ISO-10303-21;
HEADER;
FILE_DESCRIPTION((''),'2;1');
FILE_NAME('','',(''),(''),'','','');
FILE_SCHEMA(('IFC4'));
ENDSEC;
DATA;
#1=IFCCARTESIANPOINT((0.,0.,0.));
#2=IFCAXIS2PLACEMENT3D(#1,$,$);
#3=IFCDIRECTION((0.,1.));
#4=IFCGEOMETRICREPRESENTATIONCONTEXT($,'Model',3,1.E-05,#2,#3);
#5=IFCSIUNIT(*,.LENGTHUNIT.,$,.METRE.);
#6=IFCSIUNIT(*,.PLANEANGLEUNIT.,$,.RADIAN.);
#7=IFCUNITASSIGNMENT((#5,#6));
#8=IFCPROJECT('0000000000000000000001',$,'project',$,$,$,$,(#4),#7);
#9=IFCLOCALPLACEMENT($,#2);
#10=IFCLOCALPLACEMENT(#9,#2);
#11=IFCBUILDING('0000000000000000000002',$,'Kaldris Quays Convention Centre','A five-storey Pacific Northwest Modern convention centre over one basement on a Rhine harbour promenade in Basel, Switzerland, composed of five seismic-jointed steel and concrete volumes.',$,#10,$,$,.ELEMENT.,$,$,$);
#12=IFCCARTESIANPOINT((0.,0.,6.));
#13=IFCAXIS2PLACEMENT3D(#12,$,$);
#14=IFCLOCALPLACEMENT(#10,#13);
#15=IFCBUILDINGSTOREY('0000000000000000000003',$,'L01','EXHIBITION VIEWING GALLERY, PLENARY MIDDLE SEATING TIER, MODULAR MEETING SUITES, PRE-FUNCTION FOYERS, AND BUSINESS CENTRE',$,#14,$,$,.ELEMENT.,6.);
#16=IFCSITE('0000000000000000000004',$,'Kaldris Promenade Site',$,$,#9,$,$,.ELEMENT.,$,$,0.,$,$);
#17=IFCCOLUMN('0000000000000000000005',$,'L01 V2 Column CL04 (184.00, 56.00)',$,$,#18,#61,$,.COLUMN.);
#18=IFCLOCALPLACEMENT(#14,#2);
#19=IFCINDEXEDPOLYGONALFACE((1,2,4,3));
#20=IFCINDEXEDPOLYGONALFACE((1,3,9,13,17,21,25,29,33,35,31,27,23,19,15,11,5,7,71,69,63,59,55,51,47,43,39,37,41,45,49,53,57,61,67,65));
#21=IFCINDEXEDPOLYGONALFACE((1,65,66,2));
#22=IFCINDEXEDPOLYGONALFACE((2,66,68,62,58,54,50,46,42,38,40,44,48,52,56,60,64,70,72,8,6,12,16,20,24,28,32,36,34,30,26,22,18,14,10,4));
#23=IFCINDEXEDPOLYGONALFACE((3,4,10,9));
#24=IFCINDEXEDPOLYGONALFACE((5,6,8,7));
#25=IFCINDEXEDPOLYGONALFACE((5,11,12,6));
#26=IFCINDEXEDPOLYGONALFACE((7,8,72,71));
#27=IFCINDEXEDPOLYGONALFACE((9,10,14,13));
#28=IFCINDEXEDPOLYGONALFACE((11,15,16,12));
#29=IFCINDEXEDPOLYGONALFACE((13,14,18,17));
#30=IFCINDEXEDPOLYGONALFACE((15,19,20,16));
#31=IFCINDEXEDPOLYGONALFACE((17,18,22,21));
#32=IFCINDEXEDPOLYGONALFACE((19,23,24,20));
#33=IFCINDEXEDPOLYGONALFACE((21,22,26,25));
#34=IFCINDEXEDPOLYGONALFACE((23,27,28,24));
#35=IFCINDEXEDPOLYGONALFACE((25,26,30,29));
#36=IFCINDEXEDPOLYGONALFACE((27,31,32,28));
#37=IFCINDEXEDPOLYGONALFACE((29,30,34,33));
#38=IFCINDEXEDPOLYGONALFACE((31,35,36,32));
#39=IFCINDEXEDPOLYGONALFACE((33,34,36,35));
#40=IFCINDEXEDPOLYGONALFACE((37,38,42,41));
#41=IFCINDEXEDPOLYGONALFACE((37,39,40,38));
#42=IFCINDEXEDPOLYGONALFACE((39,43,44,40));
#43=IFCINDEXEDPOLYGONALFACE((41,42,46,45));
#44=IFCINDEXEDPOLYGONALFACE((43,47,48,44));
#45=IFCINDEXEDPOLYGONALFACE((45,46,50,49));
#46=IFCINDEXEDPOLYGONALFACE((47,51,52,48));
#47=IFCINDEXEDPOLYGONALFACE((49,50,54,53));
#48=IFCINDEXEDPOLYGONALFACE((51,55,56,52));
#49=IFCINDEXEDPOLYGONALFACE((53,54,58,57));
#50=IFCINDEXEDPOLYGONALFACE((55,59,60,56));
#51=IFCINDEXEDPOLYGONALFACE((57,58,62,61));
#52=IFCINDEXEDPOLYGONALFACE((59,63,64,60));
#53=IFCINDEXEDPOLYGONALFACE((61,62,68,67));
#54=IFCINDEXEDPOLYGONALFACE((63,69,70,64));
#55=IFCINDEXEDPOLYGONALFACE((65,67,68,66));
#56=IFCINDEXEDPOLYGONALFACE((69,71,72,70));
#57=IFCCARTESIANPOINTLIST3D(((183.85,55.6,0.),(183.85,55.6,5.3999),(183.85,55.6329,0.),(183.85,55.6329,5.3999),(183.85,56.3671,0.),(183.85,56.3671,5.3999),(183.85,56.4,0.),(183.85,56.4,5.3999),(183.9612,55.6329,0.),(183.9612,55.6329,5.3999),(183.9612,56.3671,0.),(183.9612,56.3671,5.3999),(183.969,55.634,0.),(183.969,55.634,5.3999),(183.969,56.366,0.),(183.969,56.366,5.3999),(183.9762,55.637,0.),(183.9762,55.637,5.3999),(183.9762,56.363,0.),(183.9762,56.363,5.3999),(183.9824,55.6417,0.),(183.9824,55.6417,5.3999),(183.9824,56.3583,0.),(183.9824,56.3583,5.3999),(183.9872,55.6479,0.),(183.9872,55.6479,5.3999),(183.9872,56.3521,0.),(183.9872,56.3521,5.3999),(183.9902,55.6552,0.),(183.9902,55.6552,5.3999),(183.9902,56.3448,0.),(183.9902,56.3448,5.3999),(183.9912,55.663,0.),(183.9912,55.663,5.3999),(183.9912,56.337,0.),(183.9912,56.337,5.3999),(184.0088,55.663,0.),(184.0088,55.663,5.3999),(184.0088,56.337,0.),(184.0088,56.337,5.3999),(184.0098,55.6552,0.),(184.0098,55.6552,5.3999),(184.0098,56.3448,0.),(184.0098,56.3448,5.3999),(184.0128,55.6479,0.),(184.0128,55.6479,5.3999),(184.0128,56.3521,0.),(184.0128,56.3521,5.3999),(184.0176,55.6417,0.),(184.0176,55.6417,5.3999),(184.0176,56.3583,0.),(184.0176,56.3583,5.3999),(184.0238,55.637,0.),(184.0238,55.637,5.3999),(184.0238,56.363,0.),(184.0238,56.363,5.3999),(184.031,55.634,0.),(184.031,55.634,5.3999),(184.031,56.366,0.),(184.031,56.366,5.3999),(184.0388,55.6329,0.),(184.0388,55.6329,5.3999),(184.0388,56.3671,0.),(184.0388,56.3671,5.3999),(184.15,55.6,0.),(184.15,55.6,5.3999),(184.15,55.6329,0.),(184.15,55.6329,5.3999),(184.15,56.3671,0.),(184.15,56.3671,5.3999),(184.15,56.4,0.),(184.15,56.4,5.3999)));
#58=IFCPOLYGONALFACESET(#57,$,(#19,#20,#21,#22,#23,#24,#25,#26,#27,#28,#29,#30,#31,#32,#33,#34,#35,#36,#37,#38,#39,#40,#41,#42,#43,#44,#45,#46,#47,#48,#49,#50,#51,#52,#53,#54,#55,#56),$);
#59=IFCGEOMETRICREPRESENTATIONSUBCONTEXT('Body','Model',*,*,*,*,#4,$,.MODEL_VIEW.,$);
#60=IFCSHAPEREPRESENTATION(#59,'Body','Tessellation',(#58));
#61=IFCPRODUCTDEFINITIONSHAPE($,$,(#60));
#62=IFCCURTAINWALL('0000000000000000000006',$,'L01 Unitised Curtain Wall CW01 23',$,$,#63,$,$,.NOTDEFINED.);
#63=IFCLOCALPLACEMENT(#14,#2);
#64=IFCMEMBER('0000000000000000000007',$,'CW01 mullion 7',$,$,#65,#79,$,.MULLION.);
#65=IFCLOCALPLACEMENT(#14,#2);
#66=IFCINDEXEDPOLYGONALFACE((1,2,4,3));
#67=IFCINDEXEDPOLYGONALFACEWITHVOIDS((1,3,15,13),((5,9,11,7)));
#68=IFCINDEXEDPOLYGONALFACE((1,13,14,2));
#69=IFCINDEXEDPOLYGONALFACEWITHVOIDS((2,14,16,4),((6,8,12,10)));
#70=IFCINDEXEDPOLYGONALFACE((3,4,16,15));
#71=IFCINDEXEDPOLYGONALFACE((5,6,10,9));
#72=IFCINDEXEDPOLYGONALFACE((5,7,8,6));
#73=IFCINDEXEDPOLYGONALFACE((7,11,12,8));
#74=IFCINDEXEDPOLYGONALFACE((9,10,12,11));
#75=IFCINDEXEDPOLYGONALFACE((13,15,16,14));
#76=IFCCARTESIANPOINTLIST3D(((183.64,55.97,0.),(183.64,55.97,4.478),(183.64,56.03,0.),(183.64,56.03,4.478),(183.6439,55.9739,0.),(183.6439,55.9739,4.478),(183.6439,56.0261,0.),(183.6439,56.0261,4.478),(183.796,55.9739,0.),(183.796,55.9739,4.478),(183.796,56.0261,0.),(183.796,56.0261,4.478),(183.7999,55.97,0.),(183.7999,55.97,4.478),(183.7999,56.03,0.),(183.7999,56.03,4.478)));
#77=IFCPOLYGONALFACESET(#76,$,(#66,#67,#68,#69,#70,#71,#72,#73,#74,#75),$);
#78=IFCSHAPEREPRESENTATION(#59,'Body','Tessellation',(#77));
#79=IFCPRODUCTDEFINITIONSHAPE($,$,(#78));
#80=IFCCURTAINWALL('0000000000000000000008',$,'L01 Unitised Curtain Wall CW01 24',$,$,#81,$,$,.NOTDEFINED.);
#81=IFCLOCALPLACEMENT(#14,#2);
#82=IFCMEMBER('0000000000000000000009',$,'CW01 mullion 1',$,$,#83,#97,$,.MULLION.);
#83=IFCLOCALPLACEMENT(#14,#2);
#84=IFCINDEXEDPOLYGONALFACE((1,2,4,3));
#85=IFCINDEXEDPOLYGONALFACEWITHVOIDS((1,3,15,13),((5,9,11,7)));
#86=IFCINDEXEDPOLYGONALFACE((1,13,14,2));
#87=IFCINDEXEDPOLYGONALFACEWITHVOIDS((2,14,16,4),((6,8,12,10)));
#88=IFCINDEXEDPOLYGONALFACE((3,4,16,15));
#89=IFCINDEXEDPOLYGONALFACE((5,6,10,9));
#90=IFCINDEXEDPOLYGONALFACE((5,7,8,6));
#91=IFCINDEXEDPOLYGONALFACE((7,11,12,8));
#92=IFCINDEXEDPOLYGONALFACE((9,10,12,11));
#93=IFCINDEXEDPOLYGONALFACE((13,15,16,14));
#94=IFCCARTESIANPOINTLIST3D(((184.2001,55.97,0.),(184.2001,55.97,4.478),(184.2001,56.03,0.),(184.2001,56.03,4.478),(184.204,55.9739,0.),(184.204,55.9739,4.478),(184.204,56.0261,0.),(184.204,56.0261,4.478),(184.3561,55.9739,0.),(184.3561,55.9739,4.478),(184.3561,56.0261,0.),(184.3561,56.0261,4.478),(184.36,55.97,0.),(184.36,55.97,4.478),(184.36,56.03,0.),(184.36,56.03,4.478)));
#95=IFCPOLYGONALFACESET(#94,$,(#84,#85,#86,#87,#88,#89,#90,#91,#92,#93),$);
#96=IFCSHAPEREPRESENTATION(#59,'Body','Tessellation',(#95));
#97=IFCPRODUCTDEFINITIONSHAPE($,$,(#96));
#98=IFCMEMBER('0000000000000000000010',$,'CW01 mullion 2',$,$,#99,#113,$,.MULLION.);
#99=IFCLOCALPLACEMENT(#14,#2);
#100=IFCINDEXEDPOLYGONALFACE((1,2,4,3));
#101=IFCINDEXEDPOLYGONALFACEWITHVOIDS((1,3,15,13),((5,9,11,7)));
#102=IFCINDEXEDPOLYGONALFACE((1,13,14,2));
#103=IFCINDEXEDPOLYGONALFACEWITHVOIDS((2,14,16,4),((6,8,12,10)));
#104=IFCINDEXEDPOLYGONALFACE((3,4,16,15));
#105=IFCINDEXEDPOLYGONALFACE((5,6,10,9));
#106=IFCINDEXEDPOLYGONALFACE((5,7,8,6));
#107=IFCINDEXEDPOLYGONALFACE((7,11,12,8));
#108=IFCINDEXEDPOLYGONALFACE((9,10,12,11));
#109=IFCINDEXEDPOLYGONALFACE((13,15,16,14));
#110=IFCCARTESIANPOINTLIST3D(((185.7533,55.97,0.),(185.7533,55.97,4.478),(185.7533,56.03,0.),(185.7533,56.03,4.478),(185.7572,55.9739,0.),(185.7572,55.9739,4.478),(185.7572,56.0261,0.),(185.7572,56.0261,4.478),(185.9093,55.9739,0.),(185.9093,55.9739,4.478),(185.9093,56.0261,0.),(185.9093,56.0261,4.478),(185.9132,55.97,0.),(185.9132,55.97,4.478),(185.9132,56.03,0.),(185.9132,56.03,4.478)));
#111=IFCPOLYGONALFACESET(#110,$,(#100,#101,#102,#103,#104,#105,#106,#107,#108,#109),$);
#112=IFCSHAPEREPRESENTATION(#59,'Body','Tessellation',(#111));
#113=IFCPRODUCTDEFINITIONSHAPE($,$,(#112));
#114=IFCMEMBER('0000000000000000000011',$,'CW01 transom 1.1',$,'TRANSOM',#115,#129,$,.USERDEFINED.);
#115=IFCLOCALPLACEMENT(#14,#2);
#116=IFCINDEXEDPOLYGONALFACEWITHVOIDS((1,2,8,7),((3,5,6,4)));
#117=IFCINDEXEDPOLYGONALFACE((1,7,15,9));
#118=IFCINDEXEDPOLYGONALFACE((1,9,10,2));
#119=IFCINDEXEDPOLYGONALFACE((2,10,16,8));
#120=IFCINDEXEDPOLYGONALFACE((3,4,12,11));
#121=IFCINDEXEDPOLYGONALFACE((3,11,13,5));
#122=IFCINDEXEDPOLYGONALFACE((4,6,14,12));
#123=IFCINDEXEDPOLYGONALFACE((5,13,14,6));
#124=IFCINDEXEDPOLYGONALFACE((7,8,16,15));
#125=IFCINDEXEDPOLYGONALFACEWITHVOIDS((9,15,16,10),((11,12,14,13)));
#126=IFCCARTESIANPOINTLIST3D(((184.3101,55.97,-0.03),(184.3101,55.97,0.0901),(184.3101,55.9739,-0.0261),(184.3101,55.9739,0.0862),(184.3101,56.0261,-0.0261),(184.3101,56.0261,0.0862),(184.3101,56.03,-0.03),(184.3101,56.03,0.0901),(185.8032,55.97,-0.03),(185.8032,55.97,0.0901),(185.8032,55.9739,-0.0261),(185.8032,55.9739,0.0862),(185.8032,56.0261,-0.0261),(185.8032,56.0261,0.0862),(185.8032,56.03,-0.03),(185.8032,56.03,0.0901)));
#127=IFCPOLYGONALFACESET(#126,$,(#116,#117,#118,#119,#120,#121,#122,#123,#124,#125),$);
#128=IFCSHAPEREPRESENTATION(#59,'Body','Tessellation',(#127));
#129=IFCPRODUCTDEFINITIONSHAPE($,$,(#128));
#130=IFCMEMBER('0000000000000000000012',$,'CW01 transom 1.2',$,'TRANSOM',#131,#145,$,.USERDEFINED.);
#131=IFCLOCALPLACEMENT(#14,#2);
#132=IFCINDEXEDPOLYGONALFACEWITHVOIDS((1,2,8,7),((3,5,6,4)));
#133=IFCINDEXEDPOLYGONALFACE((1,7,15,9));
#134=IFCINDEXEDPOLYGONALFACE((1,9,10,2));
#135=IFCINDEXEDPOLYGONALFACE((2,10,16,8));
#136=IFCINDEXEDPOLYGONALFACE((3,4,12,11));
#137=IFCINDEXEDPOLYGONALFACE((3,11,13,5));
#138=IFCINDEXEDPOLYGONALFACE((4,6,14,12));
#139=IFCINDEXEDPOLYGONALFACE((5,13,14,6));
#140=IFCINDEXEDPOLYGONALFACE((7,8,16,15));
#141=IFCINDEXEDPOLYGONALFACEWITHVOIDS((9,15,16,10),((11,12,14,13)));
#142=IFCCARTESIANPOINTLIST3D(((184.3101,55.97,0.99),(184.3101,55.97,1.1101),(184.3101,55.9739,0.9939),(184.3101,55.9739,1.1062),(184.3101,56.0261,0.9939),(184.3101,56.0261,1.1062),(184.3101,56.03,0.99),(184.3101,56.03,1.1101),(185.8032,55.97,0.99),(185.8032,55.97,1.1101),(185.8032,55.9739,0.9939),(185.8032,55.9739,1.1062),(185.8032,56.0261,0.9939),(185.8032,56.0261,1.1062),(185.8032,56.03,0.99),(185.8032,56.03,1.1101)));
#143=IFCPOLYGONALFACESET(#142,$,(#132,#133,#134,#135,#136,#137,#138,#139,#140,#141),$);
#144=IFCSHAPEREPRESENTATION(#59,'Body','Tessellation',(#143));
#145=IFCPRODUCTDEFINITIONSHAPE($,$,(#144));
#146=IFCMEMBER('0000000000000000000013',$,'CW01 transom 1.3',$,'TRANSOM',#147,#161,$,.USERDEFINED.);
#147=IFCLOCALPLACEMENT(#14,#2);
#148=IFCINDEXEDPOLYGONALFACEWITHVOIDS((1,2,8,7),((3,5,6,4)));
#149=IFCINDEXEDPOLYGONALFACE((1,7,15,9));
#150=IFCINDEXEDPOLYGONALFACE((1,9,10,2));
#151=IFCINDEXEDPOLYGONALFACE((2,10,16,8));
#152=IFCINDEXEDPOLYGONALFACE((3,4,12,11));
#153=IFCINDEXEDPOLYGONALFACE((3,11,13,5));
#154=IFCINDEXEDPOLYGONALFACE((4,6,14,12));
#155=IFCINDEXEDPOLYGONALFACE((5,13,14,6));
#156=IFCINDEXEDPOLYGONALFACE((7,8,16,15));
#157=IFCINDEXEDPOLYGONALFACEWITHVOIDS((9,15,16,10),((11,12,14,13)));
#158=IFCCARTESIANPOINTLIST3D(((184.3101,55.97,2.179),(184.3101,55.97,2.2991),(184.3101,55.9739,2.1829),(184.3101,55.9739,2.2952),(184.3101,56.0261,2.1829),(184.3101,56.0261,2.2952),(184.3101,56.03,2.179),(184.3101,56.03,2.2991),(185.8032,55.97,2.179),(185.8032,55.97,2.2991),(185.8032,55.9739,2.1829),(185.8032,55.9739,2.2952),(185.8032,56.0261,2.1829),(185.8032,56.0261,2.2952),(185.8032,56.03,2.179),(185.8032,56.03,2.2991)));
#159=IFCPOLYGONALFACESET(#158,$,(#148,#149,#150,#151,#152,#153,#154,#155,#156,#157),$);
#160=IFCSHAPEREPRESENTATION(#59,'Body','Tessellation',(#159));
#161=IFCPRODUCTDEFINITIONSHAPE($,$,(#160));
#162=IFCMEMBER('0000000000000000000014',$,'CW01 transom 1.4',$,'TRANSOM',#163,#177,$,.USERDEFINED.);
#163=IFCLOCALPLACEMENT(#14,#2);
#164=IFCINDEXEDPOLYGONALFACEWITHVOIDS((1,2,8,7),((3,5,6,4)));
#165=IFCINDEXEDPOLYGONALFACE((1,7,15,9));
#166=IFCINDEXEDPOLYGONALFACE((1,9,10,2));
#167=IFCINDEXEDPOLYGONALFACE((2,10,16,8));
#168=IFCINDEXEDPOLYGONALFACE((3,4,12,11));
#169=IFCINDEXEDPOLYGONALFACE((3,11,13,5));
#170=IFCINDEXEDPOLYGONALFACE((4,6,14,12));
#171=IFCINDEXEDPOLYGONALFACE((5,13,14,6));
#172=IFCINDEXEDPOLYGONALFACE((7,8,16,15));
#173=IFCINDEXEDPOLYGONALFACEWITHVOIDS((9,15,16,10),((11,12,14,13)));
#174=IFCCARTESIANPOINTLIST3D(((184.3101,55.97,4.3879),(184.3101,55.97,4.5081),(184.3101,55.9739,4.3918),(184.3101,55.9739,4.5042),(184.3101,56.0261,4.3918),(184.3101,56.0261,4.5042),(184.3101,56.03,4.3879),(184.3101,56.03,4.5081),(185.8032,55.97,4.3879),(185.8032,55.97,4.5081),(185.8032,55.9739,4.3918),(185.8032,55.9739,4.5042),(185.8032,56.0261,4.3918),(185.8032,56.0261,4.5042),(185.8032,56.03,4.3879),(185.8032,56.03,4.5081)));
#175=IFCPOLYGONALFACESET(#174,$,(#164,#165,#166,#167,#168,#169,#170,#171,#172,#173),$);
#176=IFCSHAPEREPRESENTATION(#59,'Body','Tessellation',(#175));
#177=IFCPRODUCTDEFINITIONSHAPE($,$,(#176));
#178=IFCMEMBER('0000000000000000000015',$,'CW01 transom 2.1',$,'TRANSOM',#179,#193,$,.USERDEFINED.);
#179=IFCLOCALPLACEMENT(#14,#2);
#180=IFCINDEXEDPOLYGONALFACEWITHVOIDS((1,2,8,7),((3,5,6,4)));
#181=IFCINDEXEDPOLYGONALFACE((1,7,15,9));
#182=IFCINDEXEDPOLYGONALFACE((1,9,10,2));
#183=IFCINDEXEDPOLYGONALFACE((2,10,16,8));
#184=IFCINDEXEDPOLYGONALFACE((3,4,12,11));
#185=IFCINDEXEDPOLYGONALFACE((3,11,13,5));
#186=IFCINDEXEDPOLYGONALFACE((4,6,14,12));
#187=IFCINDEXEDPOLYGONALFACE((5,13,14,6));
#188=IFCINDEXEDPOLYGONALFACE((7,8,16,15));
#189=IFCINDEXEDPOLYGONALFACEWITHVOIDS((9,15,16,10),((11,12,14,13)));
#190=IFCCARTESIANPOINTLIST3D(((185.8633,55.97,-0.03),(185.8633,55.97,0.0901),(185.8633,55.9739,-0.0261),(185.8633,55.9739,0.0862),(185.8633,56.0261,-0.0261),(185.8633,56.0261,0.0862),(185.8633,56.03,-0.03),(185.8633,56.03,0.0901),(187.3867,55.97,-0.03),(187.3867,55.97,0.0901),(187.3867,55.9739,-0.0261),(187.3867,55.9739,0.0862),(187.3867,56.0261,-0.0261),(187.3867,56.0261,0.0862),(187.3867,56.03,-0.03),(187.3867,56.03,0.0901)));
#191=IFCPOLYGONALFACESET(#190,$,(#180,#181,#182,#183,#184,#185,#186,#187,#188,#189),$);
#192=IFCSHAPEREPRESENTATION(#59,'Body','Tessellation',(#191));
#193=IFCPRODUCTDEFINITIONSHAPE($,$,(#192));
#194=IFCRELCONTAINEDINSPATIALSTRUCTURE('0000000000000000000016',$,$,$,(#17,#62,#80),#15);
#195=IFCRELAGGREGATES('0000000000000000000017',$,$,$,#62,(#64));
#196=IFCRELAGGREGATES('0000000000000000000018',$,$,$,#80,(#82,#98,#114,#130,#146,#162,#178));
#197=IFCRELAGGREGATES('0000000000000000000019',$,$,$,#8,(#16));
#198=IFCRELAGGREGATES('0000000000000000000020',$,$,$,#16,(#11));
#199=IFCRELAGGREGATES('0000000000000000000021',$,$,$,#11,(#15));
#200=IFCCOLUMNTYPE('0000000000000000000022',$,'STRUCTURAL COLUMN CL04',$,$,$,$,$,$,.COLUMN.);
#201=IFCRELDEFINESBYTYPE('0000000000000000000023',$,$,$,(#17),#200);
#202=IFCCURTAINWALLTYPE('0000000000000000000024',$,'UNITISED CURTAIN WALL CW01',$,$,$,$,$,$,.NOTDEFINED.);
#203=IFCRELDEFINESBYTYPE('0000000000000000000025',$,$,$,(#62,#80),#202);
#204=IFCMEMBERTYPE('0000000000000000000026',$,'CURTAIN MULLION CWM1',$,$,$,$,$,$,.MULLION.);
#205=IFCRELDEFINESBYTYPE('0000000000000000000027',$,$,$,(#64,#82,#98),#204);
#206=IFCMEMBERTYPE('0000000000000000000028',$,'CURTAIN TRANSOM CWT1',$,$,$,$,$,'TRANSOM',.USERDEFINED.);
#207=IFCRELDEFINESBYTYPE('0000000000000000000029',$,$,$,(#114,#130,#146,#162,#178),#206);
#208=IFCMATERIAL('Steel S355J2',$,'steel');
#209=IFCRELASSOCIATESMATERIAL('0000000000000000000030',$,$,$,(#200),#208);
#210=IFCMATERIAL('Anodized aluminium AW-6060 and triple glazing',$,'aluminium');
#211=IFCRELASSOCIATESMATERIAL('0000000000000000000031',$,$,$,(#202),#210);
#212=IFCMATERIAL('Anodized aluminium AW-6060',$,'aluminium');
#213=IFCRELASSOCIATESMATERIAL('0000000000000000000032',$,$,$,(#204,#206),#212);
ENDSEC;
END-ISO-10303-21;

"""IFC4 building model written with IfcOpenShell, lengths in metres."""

from ifc_helpers import new_model, si_unit, direction, frame, origin, origin_2d, place, context, subcontext, project, spatial, hollow_rectangle, i_section, extrude, material, material_profile, profile_set, type_object, element, aggregate, save


model = new_model("IFC4")

# Units and contexts
model_context = context("Model", 3, precision=1e-05, world=origin(), true_north=direction((0.0, 1.0)))
body_context = subcontext(model_context, "Body", "Model", "MODEL_VIEW")
ifc_project = project(units=[si_unit("LENGTHUNIT", "METRE"), si_unit("PLANEANGLEUNIT", "RADIAN")], contexts=[model_context])

# Site, building, storey
site_placement = place(None, origin())
site = spatial("IfcSite", under=ifc_project, at=site_placement, Name="Kaldris Promenade Site", CompositionType="ELEMENT", RefElevation=0.0)
building_placement = place(site_placement, origin())
building = spatial("IfcBuilding", under=site, at=building_placement, Name="Kaldris Quays Convention Centre", Description="A five-storey Pacific Northwest Modern convention centre over one basement on a Rhine harbour promenade in Basel, Switzerland, composed of five seismic-jointed steel and concrete volumes.", CompositionType="ELEMENT")
storey_placement = place(building_placement, frame((0.0, 0.0, 6.0)))
storey = spatial("IfcBuildingStorey", under=building, at=storey_placement, Name="L01", Description="EXHIBITION VIEWING GALLERY, PLENARY MIDDLE SEATING TIER, MODULAR MEETING SUITES, PRE-FUNCTION FOYERS, AND BUSINESS CENTRE", CompositionType="ELEMENT", Elevation=6.0)

# Column
ifc_material_1 = material(Name="Steel S355J2", Category="steel")
ifc_material_profile_1 = material_profile(ifc_material_1, i_section(OverallWidth=0.3, OverallDepth=0.8, WebThickness=0.0176, FlangeThickness=0.033, FilletRadius=0.03, at=origin_2d()), Name="HEB 800")
ifc_profile_set_1 = profile_set([ifc_material_profile_1], Name="Steel S355J2")
column_type = type_object("IfcColumnType", Name="STRUCTURAL COLUMN CL04", PredefinedType="COLUMN", material=ifc_profile_set_1)
column_placement = place(storey_placement, frame((184.0, 56.0, 0.0), z_axis=(0.0, 0.0, 1.0), x_axis=(1.0, 0.0, 0.0)))
element("IfcColumn", 1, at=column_placement, inside=storey, type_object=column_type, Name="L01 V2 Column CL04 (184.00, 56.00)", PredefinedType="COLUMN", context=body_context, shape_type="SweptSolid", body=[
    extrude(i_section(OverallWidth=0.3, OverallDepth=0.8, WebThickness=0.0176, FlangeThickness=0.033, FilletRadius=0.03, at=origin_2d()), origin(), (0.0, 0.0, 1.0), 5.3999),
])

# Curtain wall, member
ifc_material_2 = material(Name="Anodized aluminium AW-6060 and triple glazing", Category="aluminium")
curtain_wall_type = type_object("IfcCurtainWallType", Name="UNITISED CURTAIN WALL CW01", PredefinedType="NOTDEFINED", material=ifc_material_2)
curtain_wall_1_placement = place(storey_placement, origin())
curtain_wall_1 = element("IfcCurtainWall", 2, at=curtain_wall_1_placement, inside=storey, type_object=curtain_wall_type, Name="L01 Unitised Curtain Wall CW01 23", PredefinedType="NOTDEFINED")
ifc_material_3 = material(Name="Anodized aluminium AW-6060", Category="aluminium")
ifc_material_profile_2 = material_profile(ifc_material_3, hollow_rectangle(XDim=0.0601, YDim=0.1599, WallThickness=0.0039, at=origin_2d()), Name="RHS 160x60x4")
ifc_profile_set_2 = profile_set([ifc_material_profile_2], Name="Anodized aluminium AW-6060")
member_type_1 = type_object("IfcMemberType", Name="CURTAIN MULLION CWM1", PredefinedType="MULLION", material=ifc_profile_set_2)
member_1_placement = place(storey_placement, frame((183.72, 56.0, 0.0), z_axis=(0.0, 0.0, 1.0), x_axis=(0.0, 1.0, 0.0)))
member_1 = element("IfcMember", 3, at=member_1_placement, type_object=member_type_1, Name="CW01 mullion 7", PredefinedType="MULLION", context=body_context, shape_type="SweptSolid", body=[
    extrude(hollow_rectangle(XDim=0.0601, YDim=0.1599, WallThickness=0.0039, at=origin_2d()), origin(), (0.0, 0.0, 1.0), 4.478),
])
aggregate(curtain_wall_1, [member_1])

# Curtain wall, members
curtain_wall_2_placement = place(storey_placement, origin())
curtain_wall_2 = element("IfcCurtainWall", 4, at=curtain_wall_2_placement, inside=storey, type_object=curtain_wall_type, Name="L01 Unitised Curtain Wall CW01 24", PredefinedType="NOTDEFINED")
member_2_placement = place(storey_placement, frame((184.28, 56.0, 0.0), z_axis=(0.0, 0.0, 1.0), x_axis=(0.0, 1.0, 0.0)))
member_2 = element("IfcMember", 5, at=member_2_placement, type_object=member_type_1, Name="CW01 mullion 1", PredefinedType="MULLION", context=body_context, shape_type="SweptSolid", body=[
    extrude(hollow_rectangle(XDim=0.0601, YDim=0.1599, WallThickness=0.0039, at=origin_2d()), origin(), (0.0, 0.0, 1.0), 4.478),
])
member_3_placement = place(storey_placement, frame((185.8333, 56.0, 0.0), z_axis=(0.0, 0.0, 1.0), x_axis=(0.0, 1.0, 0.0)))
member_3 = element("IfcMember", 6, at=member_3_placement, type_object=member_type_1, Name="CW01 mullion 2", PredefinedType="MULLION", context=body_context, shape_type="SweptSolid", body=[
    extrude(hollow_rectangle(XDim=0.0601, YDim=0.1599, WallThickness=0.0039, at=origin_2d()), origin(), (0.0, 0.0, 1.0), 4.478),
])
ifc_material_profile_3 = material_profile(ifc_material_3, hollow_rectangle(XDim=0.0601, YDim=0.1201, WallThickness=0.0039, at=origin_2d()), Name="RHS 120x60x4")
ifc_profile_set_3 = profile_set([ifc_material_profile_3], Name="Anodized aluminium AW-6060")
member_type_2 = type_object("IfcMemberType", Name="CURTAIN TRANSOM CWT1", ElementType="TRANSOM", PredefinedType="USERDEFINED", material=ifc_profile_set_3)
member_4_placement = place(storey_placement, frame((184.3101, 56.0, 0.03), z_axis=(1.0, 0.0, 0.0), x_axis=(0.0, 1.0, 0.0)))
member_4 = element("IfcMember", 7, at=member_4_placement, type_object=member_type_2, Name="CW01 transom 1.1", ObjectType="TRANSOM", PredefinedType="USERDEFINED", context=body_context, shape_type="SweptSolid", body=[
    extrude(hollow_rectangle(XDim=0.0601, YDim=0.1201, WallThickness=0.0039, at=origin_2d()), origin(), (0.0, 0.0, 1.0), 1.4932),
])
member_5_placement = place(storey_placement, frame((184.3101, 56.0, 1.05), z_axis=(1.0, 0.0, 0.0), x_axis=(0.0, 1.0, 0.0)))
member_5 = element("IfcMember", 8, at=member_5_placement, type_object=member_type_2, Name="CW01 transom 1.2", ObjectType="TRANSOM", PredefinedType="USERDEFINED", context=body_context, shape_type="SweptSolid", body=[
    extrude(hollow_rectangle(XDim=0.0601, YDim=0.1201, WallThickness=0.0039, at=origin_2d()), origin(), (0.0, 0.0, 1.0), 1.4932),
])
member_6_placement = place(storey_placement, frame((184.3101, 56.0, 2.239), z_axis=(1.0, 0.0, 0.0), x_axis=(0.0, 1.0, 0.0)))
member_6 = element("IfcMember", 9, at=member_6_placement, type_object=member_type_2, Name="CW01 transom 1.3", ObjectType="TRANSOM", PredefinedType="USERDEFINED", context=body_context, shape_type="SweptSolid", body=[
    extrude(hollow_rectangle(XDim=0.0601, YDim=0.1201, WallThickness=0.0039, at=origin_2d()), origin(), (0.0, 0.0, 1.0), 1.4932),
])
member_7_placement = place(storey_placement, frame((184.3101, 56.0, 4.448), z_axis=(1.0, 0.0, 0.0), x_axis=(0.0, 1.0, 0.0)))
member_7 = element("IfcMember", 10, at=member_7_placement, type_object=member_type_2, Name="CW01 transom 1.4", ObjectType="TRANSOM", PredefinedType="USERDEFINED", context=body_context, shape_type="SweptSolid", body=[
    extrude(hollow_rectangle(XDim=0.0601, YDim=0.1201, WallThickness=0.0039, at=origin_2d()), origin(), (0.0, 0.0, 1.0), 1.4932),
])
member_8_placement = place(storey_placement, frame((185.8633, 56.0, 0.03), z_axis=(1.0, 0.0, 0.0), x_axis=(0.0, 1.0, 0.0)))
member_8 = element("IfcMember", 11, at=member_8_placement, type_object=member_type_2, Name="CW01 transom 2.1", ObjectType="TRANSOM", PredefinedType="USERDEFINED", context=body_context, shape_type="SweptSolid", body=[
    extrude(hollow_rectangle(XDim=0.0601, YDim=0.1201, WallThickness=0.0039, at=origin_2d()), origin(), (0.0, 0.0, 1.0), 1.5234),
])

aggregate(curtain_wall_2, [member_2, member_3, member_4, member_5, member_6, member_7, member_8])

save(model, "model.ifc")
